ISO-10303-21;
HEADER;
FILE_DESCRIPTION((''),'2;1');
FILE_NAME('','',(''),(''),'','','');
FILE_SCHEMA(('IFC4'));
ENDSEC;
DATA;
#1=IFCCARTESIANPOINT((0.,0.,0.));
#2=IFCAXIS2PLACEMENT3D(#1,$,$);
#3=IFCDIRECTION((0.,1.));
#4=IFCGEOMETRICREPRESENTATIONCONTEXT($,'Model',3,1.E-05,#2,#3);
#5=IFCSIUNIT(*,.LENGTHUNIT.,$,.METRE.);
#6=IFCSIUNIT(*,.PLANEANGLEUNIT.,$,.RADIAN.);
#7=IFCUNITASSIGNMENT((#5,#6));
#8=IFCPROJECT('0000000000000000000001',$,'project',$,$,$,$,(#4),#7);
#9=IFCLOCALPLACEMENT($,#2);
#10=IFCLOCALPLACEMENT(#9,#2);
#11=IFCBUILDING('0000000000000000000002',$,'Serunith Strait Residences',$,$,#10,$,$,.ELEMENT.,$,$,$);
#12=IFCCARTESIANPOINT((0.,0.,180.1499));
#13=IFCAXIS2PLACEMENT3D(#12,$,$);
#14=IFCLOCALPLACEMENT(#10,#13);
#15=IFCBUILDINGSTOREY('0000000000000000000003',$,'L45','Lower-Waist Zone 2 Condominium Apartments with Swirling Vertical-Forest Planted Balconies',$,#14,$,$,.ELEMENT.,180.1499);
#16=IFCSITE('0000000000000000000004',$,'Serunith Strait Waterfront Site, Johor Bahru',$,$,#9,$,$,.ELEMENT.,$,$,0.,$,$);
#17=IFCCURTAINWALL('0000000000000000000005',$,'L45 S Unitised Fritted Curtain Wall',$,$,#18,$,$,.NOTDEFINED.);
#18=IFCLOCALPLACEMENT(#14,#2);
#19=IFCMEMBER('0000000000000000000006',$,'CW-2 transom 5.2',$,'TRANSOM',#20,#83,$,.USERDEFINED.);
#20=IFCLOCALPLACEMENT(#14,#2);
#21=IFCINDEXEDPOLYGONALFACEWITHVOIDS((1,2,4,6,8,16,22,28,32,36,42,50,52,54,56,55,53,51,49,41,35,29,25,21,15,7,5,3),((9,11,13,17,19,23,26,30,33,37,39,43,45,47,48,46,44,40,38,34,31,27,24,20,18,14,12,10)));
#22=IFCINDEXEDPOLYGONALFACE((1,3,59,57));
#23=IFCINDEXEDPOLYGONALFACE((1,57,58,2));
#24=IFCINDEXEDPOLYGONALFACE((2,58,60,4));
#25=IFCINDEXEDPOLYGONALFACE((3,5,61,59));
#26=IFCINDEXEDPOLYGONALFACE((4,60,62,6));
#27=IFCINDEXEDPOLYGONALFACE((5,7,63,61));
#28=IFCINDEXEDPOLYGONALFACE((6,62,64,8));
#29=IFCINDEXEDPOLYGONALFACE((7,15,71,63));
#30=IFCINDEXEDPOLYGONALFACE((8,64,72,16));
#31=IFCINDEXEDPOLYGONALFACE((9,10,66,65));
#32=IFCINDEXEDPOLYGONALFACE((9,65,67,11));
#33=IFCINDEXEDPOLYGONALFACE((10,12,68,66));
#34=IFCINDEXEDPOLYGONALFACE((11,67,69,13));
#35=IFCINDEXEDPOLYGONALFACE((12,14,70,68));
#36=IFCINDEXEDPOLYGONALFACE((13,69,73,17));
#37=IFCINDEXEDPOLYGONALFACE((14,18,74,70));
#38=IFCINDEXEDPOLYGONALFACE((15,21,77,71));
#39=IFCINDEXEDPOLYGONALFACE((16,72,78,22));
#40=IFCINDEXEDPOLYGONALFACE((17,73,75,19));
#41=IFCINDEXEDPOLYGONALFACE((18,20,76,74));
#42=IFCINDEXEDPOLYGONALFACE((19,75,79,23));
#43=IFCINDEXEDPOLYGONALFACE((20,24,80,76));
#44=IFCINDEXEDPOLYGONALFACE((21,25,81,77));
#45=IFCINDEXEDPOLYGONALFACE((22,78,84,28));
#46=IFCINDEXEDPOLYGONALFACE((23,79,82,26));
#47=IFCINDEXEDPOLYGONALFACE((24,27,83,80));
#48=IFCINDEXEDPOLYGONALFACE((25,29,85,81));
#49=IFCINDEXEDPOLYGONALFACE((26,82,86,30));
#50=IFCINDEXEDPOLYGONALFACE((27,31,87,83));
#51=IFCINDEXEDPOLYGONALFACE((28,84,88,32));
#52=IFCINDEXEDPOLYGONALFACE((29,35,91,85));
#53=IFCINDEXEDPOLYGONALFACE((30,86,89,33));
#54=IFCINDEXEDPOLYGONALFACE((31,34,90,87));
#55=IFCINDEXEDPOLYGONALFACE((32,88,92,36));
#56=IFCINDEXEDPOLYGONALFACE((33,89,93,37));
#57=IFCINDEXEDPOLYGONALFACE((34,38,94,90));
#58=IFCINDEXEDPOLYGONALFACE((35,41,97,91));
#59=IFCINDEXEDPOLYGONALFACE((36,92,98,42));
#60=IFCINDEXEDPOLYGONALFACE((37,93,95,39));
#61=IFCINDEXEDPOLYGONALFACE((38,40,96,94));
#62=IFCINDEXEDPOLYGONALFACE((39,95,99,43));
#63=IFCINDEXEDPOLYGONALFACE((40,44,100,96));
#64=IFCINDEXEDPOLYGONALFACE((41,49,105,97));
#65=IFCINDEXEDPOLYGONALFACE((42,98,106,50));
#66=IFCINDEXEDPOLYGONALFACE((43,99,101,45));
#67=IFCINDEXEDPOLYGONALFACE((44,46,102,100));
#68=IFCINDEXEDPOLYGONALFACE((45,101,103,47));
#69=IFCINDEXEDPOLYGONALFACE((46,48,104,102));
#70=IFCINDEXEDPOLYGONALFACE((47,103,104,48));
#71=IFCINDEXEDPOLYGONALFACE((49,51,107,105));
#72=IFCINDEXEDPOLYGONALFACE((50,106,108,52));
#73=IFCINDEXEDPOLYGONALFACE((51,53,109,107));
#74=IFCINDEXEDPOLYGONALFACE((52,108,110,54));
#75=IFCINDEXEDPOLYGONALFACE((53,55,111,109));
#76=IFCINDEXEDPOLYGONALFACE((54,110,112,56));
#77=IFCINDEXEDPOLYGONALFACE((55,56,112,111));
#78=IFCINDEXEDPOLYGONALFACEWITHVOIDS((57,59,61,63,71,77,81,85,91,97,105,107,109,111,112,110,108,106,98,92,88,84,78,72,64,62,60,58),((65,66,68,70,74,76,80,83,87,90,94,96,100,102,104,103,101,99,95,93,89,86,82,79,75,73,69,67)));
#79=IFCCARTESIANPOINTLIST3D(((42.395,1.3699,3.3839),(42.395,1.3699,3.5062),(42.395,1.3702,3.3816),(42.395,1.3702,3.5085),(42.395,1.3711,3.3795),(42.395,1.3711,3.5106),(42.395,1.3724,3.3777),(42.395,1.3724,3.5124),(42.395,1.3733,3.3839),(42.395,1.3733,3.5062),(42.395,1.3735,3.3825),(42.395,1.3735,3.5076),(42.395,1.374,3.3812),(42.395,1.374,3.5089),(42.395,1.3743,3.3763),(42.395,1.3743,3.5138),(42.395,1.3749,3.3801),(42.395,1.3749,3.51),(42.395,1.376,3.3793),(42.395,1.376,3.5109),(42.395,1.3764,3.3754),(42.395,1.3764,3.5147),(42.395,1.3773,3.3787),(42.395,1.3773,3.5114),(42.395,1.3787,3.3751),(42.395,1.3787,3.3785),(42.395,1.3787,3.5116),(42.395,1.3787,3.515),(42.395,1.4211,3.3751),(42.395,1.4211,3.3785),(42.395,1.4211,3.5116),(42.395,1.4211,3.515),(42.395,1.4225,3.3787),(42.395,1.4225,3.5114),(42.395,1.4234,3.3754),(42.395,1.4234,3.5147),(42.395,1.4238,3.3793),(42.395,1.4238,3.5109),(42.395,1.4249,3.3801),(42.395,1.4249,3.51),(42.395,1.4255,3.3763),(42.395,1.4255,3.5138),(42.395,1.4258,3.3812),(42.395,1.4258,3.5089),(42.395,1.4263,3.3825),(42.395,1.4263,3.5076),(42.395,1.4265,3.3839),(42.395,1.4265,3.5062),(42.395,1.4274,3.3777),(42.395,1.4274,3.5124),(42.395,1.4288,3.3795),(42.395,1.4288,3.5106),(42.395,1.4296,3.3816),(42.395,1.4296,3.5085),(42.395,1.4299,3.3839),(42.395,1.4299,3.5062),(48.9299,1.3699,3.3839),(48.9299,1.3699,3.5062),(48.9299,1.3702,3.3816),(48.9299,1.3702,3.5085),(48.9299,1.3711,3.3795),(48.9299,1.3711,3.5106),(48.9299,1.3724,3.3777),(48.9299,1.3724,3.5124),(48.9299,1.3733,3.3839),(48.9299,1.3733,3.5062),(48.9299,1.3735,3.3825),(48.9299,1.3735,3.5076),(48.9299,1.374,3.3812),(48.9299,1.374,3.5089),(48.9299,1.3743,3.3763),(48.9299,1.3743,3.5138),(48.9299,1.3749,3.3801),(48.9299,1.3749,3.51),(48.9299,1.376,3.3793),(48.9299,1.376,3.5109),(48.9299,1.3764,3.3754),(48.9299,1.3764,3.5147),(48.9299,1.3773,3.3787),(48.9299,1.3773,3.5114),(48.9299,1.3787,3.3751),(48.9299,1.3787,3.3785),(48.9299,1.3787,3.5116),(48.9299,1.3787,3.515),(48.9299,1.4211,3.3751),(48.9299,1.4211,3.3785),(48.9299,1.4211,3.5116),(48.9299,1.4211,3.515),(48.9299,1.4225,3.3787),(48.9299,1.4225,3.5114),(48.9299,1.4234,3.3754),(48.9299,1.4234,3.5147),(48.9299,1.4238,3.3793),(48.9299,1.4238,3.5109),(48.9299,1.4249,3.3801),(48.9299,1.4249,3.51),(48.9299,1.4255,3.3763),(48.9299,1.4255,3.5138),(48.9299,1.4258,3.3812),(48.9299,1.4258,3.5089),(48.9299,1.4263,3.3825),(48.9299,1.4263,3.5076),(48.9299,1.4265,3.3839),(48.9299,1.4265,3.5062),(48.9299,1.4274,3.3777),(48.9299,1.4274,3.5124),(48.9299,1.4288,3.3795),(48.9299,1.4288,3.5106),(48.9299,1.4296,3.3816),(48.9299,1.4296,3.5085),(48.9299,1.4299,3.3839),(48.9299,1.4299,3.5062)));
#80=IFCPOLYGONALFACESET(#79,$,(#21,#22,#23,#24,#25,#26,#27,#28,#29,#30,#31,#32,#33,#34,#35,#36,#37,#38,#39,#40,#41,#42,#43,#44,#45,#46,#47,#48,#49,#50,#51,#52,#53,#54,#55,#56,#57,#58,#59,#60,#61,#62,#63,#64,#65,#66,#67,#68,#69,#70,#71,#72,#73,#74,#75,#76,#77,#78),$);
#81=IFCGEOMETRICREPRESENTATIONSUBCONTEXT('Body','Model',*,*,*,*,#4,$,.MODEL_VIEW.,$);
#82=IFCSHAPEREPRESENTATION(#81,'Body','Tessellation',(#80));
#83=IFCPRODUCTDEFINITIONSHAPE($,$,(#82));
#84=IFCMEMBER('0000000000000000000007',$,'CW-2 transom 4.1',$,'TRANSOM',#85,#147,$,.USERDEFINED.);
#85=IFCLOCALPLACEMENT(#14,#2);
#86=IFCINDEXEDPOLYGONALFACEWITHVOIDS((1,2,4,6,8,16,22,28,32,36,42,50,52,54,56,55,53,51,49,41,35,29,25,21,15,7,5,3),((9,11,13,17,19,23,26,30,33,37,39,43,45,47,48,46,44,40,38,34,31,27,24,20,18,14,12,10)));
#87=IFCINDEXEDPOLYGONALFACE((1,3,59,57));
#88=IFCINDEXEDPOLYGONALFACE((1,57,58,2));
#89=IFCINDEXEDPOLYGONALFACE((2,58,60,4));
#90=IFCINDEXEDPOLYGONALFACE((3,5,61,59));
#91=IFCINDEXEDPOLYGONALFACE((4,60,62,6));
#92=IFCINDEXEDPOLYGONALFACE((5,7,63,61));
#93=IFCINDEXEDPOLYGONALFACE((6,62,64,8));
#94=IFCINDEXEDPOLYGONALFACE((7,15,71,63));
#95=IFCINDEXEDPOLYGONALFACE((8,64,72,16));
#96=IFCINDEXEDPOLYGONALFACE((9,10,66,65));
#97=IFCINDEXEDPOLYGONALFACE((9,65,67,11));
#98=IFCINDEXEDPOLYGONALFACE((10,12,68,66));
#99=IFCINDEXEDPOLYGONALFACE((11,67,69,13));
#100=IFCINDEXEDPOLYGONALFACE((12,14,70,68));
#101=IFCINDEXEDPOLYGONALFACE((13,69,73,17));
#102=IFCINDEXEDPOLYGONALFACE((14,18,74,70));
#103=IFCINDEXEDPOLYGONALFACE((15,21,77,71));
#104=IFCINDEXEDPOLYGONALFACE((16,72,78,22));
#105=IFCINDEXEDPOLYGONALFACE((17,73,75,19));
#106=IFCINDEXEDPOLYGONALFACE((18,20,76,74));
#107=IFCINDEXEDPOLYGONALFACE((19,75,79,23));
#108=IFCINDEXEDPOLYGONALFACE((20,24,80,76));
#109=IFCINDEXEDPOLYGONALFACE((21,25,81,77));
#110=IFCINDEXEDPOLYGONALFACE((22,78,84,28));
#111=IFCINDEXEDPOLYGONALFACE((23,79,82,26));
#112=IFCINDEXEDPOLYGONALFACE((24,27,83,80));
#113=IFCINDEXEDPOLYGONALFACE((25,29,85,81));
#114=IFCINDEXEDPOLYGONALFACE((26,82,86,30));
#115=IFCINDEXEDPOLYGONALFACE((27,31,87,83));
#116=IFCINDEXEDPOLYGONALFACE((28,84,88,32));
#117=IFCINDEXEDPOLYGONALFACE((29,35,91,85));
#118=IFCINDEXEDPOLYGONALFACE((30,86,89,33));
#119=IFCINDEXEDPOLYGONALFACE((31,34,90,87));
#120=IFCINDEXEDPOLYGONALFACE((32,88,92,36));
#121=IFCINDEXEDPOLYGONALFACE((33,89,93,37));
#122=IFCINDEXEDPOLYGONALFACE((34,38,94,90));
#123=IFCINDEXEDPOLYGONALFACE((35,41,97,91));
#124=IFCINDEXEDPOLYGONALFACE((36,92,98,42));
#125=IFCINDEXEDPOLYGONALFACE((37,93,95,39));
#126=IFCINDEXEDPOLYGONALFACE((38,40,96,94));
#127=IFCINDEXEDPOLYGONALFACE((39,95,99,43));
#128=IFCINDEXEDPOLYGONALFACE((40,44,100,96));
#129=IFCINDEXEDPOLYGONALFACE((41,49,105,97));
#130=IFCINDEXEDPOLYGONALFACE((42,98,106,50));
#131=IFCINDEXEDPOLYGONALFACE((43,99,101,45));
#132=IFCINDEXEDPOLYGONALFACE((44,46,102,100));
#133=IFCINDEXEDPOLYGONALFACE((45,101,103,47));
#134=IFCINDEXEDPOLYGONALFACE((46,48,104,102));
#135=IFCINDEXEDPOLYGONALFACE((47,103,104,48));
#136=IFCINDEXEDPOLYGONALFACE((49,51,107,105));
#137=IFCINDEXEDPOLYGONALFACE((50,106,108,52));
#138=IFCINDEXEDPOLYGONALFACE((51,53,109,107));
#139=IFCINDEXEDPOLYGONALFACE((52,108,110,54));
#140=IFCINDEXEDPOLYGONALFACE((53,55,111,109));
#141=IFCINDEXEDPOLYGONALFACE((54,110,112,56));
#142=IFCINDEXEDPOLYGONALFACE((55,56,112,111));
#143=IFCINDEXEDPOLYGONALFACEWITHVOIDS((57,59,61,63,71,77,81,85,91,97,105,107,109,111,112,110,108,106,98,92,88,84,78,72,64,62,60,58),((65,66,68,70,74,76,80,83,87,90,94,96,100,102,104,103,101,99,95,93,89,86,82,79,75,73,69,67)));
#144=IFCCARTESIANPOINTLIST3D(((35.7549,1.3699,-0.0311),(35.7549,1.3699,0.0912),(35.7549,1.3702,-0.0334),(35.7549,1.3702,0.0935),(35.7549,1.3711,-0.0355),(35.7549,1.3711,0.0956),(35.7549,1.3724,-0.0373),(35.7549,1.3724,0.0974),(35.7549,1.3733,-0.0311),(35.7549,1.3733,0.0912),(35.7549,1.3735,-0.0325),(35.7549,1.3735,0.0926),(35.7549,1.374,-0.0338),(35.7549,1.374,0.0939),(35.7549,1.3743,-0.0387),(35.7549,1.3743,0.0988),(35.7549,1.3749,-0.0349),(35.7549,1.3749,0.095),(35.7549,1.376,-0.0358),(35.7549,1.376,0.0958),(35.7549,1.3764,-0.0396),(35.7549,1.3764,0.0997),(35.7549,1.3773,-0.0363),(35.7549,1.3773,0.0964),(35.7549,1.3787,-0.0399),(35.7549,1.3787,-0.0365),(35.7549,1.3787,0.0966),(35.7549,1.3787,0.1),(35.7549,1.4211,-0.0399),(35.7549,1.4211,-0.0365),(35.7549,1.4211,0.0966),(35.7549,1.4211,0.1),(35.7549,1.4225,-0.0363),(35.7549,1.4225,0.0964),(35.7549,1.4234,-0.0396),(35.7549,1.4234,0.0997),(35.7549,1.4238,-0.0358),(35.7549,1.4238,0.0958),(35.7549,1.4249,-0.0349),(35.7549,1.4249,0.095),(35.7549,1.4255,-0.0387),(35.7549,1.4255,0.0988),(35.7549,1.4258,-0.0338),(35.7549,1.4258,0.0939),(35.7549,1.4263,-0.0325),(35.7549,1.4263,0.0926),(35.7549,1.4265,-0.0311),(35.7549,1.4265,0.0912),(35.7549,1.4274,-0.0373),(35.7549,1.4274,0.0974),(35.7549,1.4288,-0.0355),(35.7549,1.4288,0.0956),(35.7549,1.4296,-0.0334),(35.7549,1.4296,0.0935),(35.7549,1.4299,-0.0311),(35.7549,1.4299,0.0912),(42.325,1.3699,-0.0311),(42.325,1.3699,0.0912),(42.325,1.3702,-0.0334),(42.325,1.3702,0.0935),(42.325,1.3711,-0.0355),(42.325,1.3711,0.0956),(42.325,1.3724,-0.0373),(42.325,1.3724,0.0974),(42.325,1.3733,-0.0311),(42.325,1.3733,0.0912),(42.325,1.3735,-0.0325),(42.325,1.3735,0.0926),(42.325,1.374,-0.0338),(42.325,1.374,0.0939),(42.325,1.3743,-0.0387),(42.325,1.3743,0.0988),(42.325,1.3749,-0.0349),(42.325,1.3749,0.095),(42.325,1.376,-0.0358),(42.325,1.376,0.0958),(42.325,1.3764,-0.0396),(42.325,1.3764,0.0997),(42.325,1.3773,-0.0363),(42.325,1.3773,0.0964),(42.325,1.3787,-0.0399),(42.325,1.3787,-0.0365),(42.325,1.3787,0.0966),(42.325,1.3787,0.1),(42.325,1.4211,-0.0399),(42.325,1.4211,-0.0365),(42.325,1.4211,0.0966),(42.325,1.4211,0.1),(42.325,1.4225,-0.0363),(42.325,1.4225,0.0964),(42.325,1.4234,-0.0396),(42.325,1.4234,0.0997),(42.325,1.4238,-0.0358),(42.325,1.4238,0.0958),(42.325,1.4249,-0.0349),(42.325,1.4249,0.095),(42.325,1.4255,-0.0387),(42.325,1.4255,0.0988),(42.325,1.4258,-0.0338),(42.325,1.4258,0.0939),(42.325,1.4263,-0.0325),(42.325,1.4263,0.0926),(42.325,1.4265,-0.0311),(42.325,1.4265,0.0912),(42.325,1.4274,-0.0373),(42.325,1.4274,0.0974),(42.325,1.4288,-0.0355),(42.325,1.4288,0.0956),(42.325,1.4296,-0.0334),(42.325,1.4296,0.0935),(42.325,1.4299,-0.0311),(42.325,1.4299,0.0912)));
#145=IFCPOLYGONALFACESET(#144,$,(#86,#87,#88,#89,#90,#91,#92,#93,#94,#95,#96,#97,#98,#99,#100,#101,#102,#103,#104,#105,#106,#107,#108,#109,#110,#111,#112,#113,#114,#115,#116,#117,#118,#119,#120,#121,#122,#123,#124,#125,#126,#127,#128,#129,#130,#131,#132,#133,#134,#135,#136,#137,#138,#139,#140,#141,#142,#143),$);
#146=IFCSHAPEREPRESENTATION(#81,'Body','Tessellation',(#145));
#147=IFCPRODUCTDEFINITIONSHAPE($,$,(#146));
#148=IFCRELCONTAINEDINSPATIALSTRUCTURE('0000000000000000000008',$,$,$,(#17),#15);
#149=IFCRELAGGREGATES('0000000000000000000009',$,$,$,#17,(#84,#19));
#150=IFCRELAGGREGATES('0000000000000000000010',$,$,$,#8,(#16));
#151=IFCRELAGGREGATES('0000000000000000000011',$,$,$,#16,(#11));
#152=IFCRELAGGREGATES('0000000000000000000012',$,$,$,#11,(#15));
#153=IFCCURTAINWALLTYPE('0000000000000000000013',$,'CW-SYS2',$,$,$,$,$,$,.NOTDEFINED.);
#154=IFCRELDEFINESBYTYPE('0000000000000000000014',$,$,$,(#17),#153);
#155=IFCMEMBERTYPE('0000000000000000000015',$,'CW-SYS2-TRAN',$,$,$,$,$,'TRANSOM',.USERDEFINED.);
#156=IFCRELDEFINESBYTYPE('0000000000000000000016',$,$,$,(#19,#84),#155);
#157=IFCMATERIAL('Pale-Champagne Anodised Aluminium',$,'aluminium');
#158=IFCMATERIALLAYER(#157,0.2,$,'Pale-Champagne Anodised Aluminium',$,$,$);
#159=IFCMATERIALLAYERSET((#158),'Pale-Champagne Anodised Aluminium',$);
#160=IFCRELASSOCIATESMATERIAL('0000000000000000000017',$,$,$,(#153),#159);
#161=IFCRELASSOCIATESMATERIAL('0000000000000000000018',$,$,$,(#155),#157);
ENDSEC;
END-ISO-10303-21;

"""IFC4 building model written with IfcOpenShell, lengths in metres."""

from ifc_helpers import new_model, si_unit, direction, frame, origin, origin_2d, place, context, subcontext, project, spatial, hollow_rectangle, extrude, source, transform, mapped, material, layer, layer_set, material_profile, profile_set, type_object, element, aggregate, save


model = new_model("IFC4")

# Units and contexts
model_context = context("Model", 3, precision=1e-05, world=origin(), true_north=direction((0.0, 1.0)))
body_context = subcontext(model_context, "Body", "Model", "MODEL_VIEW")
ifc_project = project(units=[si_unit("LENGTHUNIT", "METRE"), si_unit("PLANEANGLEUNIT", "RADIAN")], contexts=[model_context])

# Site, building, storey
site_placement = place(None, origin())
site = spatial("IfcSite", under=ifc_project, at=site_placement, Name="Serunith Strait Waterfront Site, Johor Bahru", CompositionType="ELEMENT", RefElevation=0.0)
building_placement = place(site_placement, origin())
building = spatial("IfcBuilding", under=site, at=building_placement, Name="Serunith Strait Residences", CompositionType="ELEMENT")
storey_placement = place(building_placement, frame((0.0, 0.0, 180.1499)))
storey = spatial("IfcBuildingStorey", under=building, at=storey_placement, Name="L45", Description="Lower-Waist Zone 2 Condominium Apartments with Swirling Vertical-Forest Planted Balconies", CompositionType="ELEMENT", Elevation=180.1499)

# Curtain wall, members
ifc_material_1 = material(Name="Pale-Champagne Anodised Aluminium", Category="aluminium")
ifc_layer_1 = layer(ifc_material_1, 0.2, Name="Pale-Champagne Anodised Aluminium")
ifc_layer_set_1 = layer_set([ifc_layer_1], Name="Pale-Champagne Anodised Aluminium")
curtain_wall_type = type_object("IfcCurtainWallType", Name="CW-SYS2", PredefinedType="NOTDEFINED", material=ifc_layer_set_1)
curtain_wall_placement = place(storey_placement, origin())
curtain_wall = element("IfcCurtainWall", 1, at=curtain_wall_placement, inside=storey, type_object=curtain_wall_type, Name="L45 S Unitised Fritted Curtain Wall", PredefinedType="NOTDEFINED")
ifc_material_profile_1 = material_profile(ifc_material_1, hollow_rectangle(XDim=0.0601, YDim=0.1399, WallThickness=0.0034, InnerFilletRadius=0.0054, OuterFilletRadius=0.0088, at=origin_2d()), Name="ALU 140x60x3.5")
ifc_profile_set_1 = profile_set([ifc_material_profile_1], Name="Pale-Champagne Anodised Aluminium")
member_type_1 = type_object("IfcMemberType", Name="CW-SYS2-TRAN", ElementType="TRANSOM", PredefinedType="USERDEFINED", material=ifc_profile_set_1)
shared_shape_1 = source(origin(), body_context, "Body", "SweptSolid", [
    extrude(hollow_rectangle(XDim=0.0601, YDim=0.1399, WallThickness=0.0034, InnerFilletRadius=0.0054, OuterFilletRadius=0.0088, at=origin_2d()), origin(), (0.0, 0.0, 1.0), 6.5349),
])
member_1_placement = place(storey_placement, frame((42.395, 1.3999, 3.4451), z_axis=(1.0, 0.0, 0.0), x_axis=(0.0, 1.0, 0.0)))
member_1 = element("IfcMember", 2, at=member_1_placement, type_object=member_type_1, Name="CW-2 transom 5.2", ObjectType="TRANSOM", PredefinedType="USERDEFINED", context=body_context, shape_type="MappedRepresentation", body=[
    mapped(shared_shape_1, transform((0.0, 0.0, 0.0), scale=1.0)),
])
shared_shape_2 = source(origin(), body_context, "Body", "SweptSolid", [
    extrude(hollow_rectangle(XDim=0.0601, YDim=0.1399, WallThickness=0.0034, InnerFilletRadius=0.0054, OuterFilletRadius=0.0088, at=origin_2d()), origin(), (0.0, 0.0, 1.0), 6.5701),
])
member_2_placement = place(storey_placement, frame((35.7549, 1.3999, 0.03), z_axis=(1.0, 0.0, 0.0), x_axis=(0.0, 1.0, 0.0)))
member_2 = element("IfcMember", 3, at=member_2_placement, type_object=member_type_1, Name="CW-2 transom 4.1", ObjectType="TRANSOM", PredefinedType="USERDEFINED", context=body_context, shape_type="MappedRepresentation", body=[
    mapped(shared_shape_2, transform((0.0, 0.0, 0.0), scale=1.0)),
])
aggregate(curtain_wall, [member_2, member_1])

save(model, "model.ifc")
